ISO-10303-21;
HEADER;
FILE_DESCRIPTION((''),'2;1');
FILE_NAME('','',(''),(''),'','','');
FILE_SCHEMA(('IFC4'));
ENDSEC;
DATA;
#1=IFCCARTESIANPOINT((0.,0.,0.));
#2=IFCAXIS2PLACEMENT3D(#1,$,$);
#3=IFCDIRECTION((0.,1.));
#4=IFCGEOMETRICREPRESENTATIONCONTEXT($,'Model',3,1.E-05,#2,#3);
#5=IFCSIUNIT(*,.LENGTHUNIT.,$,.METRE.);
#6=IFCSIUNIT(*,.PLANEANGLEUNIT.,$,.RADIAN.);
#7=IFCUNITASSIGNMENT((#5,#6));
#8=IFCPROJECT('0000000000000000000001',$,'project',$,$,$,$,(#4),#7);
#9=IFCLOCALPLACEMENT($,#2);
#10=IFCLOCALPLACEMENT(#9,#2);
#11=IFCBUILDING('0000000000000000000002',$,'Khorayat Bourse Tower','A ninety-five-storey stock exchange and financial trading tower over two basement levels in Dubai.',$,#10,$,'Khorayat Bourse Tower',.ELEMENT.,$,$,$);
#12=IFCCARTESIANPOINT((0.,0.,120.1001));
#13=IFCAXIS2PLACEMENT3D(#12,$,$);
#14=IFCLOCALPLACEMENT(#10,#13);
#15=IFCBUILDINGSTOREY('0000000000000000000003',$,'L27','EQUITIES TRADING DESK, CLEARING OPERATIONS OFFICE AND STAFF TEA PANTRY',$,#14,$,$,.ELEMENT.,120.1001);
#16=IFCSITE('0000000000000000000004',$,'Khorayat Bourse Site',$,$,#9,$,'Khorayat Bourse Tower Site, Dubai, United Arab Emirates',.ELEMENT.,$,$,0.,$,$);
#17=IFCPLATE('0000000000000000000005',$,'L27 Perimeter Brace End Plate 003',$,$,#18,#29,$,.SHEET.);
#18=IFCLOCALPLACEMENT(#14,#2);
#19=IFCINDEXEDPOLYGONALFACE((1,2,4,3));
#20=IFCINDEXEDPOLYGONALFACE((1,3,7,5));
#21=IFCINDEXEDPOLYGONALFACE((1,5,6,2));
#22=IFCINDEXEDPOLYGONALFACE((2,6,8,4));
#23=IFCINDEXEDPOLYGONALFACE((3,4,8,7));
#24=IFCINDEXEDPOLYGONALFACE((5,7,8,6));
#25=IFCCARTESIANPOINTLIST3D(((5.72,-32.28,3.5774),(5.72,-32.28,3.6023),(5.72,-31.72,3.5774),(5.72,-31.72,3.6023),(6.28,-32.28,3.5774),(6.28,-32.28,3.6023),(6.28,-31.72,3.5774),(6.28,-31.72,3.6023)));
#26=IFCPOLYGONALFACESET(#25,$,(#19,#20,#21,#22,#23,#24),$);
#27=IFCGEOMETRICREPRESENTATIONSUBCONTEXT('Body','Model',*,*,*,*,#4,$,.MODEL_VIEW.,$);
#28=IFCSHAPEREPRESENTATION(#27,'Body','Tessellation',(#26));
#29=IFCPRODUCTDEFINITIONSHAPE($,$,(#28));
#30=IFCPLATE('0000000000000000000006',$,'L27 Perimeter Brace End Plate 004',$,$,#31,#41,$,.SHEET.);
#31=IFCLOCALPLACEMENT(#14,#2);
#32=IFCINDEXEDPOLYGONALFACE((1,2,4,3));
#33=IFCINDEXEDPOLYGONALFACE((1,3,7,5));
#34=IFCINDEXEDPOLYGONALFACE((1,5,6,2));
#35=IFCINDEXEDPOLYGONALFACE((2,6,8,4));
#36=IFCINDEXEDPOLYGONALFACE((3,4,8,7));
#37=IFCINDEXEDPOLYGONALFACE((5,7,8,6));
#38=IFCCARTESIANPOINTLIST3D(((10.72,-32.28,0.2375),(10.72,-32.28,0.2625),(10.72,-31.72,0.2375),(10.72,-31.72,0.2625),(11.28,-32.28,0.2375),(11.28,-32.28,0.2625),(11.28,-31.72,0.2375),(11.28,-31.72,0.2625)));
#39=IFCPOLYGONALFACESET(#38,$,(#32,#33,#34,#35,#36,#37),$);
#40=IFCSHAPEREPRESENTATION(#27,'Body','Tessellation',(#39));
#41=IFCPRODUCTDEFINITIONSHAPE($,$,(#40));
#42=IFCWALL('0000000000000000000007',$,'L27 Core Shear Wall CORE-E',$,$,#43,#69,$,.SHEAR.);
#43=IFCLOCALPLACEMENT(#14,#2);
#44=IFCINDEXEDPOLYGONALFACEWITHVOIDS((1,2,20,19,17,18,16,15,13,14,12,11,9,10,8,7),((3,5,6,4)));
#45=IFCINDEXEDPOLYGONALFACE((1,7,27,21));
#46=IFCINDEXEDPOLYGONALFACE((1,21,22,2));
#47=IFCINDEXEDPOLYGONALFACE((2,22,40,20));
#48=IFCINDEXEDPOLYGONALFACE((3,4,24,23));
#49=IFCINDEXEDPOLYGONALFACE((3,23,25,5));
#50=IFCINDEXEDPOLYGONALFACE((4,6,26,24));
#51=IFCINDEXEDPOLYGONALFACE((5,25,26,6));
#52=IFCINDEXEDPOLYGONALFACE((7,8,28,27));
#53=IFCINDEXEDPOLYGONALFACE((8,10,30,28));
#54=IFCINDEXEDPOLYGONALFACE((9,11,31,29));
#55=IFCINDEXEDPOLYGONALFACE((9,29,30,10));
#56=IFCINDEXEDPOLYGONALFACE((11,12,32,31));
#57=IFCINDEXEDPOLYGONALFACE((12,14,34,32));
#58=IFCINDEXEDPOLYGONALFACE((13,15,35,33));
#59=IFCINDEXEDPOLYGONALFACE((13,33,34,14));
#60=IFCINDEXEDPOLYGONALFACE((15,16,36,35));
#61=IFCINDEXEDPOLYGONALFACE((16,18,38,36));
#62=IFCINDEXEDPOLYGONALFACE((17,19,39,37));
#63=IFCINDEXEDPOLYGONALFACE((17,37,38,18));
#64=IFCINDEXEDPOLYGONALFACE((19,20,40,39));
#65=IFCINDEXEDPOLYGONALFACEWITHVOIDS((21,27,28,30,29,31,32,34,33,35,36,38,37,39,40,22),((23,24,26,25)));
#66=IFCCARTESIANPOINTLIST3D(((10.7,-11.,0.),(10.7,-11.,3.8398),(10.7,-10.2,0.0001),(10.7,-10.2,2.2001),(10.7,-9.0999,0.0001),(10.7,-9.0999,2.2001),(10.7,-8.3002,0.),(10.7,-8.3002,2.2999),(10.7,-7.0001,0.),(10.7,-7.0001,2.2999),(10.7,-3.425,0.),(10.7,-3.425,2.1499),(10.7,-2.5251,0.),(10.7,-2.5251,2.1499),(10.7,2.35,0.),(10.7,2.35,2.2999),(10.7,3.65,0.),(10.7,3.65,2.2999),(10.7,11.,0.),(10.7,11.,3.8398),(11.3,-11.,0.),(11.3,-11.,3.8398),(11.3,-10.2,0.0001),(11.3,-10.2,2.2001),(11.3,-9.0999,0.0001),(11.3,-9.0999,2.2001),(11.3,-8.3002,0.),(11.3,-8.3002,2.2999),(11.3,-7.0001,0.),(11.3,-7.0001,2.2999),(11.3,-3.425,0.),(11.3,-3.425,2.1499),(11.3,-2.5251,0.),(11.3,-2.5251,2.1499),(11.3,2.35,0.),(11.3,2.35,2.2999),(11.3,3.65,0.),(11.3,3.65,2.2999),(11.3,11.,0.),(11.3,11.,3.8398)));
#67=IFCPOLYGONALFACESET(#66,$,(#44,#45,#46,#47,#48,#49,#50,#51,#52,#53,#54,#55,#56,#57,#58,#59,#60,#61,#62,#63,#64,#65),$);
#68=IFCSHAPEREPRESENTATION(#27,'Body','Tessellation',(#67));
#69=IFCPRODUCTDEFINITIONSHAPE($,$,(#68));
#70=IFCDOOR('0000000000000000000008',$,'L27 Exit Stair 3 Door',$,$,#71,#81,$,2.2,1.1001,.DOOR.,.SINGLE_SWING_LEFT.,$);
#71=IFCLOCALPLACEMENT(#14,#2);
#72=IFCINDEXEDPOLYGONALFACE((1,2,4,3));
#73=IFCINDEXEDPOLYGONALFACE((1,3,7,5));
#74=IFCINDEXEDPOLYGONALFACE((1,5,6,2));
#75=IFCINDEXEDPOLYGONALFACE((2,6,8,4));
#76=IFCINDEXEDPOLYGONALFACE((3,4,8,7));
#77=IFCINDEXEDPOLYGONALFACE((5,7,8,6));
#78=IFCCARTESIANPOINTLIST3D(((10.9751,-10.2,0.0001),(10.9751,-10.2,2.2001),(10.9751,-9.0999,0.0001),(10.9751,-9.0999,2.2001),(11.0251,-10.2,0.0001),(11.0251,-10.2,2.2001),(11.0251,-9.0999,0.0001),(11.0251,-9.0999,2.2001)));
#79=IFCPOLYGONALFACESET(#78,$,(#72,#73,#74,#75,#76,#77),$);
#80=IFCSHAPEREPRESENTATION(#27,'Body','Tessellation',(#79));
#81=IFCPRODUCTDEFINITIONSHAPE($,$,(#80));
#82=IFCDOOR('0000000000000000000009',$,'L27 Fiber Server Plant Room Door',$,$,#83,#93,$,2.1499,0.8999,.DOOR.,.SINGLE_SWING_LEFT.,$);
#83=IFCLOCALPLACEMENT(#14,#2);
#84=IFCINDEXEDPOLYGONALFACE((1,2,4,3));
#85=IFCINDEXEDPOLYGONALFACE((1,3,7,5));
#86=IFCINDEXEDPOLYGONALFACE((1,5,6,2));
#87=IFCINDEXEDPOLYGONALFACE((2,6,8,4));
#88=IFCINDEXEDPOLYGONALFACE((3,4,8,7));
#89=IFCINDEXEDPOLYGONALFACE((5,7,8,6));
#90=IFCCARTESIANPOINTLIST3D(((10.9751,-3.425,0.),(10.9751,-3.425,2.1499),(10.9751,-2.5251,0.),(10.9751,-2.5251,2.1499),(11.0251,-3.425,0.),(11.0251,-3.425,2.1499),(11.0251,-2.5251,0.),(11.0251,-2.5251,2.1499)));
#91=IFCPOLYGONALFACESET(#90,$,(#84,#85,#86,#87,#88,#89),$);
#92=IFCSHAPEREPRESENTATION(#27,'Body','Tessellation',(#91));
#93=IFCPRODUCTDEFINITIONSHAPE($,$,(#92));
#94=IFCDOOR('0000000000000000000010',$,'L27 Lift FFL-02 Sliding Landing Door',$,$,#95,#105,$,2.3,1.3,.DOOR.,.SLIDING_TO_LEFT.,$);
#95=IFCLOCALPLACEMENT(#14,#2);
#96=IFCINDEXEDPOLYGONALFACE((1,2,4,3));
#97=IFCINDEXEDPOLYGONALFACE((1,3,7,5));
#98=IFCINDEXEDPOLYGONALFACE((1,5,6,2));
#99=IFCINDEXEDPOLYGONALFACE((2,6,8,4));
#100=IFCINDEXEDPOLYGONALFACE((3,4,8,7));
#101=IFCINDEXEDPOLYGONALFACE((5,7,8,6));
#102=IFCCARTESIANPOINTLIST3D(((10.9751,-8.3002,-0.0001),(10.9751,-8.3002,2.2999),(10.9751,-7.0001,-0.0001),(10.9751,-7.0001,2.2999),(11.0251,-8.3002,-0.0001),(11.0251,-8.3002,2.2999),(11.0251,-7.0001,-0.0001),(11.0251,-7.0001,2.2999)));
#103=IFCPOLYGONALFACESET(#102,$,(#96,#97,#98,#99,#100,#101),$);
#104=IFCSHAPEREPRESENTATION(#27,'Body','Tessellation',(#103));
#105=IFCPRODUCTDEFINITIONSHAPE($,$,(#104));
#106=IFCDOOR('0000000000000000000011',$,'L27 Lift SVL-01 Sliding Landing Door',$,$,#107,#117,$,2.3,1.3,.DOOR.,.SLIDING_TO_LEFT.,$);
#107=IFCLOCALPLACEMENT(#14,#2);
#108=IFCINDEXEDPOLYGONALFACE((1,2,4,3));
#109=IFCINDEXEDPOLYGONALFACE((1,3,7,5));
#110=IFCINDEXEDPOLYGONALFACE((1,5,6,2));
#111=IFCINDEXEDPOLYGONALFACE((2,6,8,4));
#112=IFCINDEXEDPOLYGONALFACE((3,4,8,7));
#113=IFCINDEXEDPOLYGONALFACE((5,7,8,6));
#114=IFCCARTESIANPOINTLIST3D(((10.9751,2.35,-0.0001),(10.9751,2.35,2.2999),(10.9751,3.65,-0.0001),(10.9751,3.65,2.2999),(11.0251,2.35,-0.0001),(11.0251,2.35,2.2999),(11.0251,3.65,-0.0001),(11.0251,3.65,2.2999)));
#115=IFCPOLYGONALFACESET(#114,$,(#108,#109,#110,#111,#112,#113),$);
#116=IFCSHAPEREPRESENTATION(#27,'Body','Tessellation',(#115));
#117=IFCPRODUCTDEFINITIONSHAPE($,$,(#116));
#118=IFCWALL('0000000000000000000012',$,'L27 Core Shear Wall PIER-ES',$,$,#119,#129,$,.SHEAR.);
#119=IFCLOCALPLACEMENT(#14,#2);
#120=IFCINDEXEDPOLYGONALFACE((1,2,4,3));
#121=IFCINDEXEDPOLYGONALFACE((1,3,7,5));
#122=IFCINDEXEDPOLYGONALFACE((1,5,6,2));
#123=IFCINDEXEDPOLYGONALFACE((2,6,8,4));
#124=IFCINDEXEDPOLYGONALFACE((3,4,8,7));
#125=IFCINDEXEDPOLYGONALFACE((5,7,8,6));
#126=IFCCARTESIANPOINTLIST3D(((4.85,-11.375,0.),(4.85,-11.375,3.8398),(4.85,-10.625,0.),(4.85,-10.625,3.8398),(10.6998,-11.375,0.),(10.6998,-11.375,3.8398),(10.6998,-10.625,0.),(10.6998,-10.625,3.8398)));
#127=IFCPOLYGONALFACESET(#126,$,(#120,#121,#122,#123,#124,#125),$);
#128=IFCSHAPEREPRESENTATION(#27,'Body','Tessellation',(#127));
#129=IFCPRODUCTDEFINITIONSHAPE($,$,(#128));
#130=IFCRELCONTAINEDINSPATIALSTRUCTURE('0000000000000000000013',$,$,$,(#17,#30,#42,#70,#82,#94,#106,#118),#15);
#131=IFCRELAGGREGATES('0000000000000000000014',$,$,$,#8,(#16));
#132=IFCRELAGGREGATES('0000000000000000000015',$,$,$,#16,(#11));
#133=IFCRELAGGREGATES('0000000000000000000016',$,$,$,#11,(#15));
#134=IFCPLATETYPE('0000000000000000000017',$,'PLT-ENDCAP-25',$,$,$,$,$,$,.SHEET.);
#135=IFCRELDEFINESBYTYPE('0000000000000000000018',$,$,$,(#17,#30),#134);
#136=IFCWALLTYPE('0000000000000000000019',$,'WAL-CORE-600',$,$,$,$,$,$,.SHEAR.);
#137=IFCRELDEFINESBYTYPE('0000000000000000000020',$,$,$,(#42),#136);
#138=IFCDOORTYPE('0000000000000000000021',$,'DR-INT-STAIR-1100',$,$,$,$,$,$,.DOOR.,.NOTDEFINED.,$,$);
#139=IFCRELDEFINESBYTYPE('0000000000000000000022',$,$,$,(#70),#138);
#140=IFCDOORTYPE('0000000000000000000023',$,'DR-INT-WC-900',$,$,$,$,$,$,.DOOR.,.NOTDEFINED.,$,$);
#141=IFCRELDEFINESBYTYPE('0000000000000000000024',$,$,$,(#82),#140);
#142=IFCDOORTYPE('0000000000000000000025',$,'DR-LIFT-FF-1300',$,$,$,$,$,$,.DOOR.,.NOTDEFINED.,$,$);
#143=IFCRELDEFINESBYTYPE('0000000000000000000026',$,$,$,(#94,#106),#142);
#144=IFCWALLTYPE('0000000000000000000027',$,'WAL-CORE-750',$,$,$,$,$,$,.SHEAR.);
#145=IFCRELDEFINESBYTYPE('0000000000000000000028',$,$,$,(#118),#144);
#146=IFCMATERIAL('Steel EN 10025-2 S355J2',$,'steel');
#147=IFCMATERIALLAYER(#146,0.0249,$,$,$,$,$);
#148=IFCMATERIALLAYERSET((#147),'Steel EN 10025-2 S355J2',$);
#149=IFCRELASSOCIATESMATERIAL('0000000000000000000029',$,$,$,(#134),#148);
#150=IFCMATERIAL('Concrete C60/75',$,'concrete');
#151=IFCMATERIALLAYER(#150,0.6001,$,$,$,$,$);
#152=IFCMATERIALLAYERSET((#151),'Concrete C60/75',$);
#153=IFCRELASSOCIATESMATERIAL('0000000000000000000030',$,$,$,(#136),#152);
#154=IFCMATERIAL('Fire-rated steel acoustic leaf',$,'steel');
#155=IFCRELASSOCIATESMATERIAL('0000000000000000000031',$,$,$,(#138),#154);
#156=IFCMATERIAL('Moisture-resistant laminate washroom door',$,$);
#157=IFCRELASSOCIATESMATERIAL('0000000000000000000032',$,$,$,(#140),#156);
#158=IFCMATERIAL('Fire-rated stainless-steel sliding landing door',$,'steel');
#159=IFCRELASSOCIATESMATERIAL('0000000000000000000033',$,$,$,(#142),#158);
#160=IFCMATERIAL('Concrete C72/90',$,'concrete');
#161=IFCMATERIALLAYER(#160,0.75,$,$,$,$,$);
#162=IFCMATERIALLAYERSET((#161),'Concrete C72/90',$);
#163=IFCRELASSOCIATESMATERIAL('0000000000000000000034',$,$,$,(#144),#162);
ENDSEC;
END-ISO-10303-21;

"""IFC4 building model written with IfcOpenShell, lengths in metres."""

from ifc_helpers import new_model, si_unit, direction, frame, frame_2d, origin, origin_2d, place, context, subcontext, project, spatial, rectangle, extrude, source, transform, mapped, material, layer, layer_set, type_object, element, fill, save


model = new_model("IFC4")

# Units and contexts
model_context = context("Model", 3, precision=1e-05, world=origin(), true_north=direction((0.0, 1.0)))
body_context = subcontext(model_context, "Body", "Model", "MODEL_VIEW")
ifc_project = project(units=[si_unit("LENGTHUNIT", "METRE"), si_unit("PLANEANGLEUNIT", "RADIAN")], contexts=[model_context])

# Site, building, storey
site_placement = place(None, origin())
site = spatial("IfcSite", under=ifc_project, at=site_placement, Name="Khorayat Bourse Site", LongName="Khorayat Bourse Tower Site, Dubai, United Arab Emirates", CompositionType="ELEMENT", RefElevation=0.0)
building_placement = place(site_placement, origin())
building = spatial("IfcBuilding", under=site, at=building_placement, Name="Khorayat Bourse Tower", Description="A ninety-five-storey stock exchange and financial trading tower over two basement levels in Dubai.", LongName="Khorayat Bourse Tower", CompositionType="ELEMENT")
storey_placement = place(building_placement, frame((0.0, 0.0, 120.1001)))
storey = spatial("IfcBuildingStorey", under=building, at=storey_placement, Name="L27", Description="EQUITIES TRADING DESK, CLEARING OPERATIONS OFFICE AND STAFF TEA PANTRY", CompositionType="ELEMENT", Elevation=120.1001)

# Shared definitions
ifc_material_1 = material(Name="Concrete C72/90", Category="concrete")

# Plates
ifc_material_2 = material(Name="Steel EN 10025-2 S355J2", Category="steel")
ifc_layer_1 = layer(ifc_material_2, 0.0249)
ifc_layer_set_1 = layer_set([ifc_layer_1], Name="Steel EN 10025-2 S355J2")
plate_type = type_object("IfcPlateType", Name="PLT-ENDCAP-25", PredefinedType="SHEET", material=ifc_layer_set_1)
shared_shape_1 = source(origin(), body_context, "Body", "SweptSolid", [
    extrude(rectangle(XDim=0.5601, YDim=0.5601, at=origin_2d()), origin(), (0.0, 0.0, 1.0), 0.0249),
])
for number, where, z_axis, x_axis, name in (
    (1, (6.0, -32.0, 3.5774), (0.0, 0.0, 1.0), (1.0, 0.0, 0.0), "L27 Perimeter Brace End Plate 003"),
    (2, (11.0, -32.0, 0.2375), (0.0, 0.0, 1.0), (1.0, 0.0, 0.0), "L27 Perimeter Brace End Plate 004"),
):
    element("IfcPlate", number, at=place(storey_placement, frame(where, z_axis=z_axis, x_axis=x_axis)), inside=storey, type_object=plate_type, Name=name, PredefinedType="SHEET", context=body_context, shape_type="MappedRepresentation", body=[
        mapped(shared_shape_1, transform((0.0, 0.0, 0.0), scale=1.0)),
    ])

# Wall, openings, doors
ifc_material_3 = material(Name="Concrete C60/75", Category="concrete")
ifc_layer_2 = layer(ifc_material_3, 0.6001)
ifc_layer_set_2 = layer_set([ifc_layer_2], Name="Concrete C60/75")
wall_type_1 = type_object("IfcWallType", Name="WAL-CORE-600", PredefinedType="SHEAR", material=ifc_layer_set_2)
shared_shape_2 = source(origin(), body_context, "Body", "SweptSolid", [
    extrude(rectangle(XDim=22.0, YDim=0.6001, at=frame_2d((11.0, 0.0))), origin(), (0.0, 0.0, 1.0), 3.8398),
])
wall_1_placement = place(storey_placement, frame((11.0, -11.0, 0.0), z_axis=(0.0, 0.0, 1.0), x_axis=(0.0, 1.0, 0.0)))
wall_1 = element("IfcWall", 3, at=wall_1_placement, inside=storey, type_object=wall_type_1, Name="L27 Core Shear Wall CORE-E", PredefinedType="SHEAR", context=body_context, shape_type="MappedRepresentation", body=[
    mapped(shared_shape_2, transform((0.0, 0.0, 0.0), scale=1.0)),
])
shared_shape_3 = source(origin(), body_context, "Body", "SweptSolid", [
    extrude(rectangle(XDim=1.1001, YDim=2.2, at=frame_2d((0.55, 1.1001))), frame((0.0, 0.3101, 0.0), z_axis=(0.0, -1.0, 0.0), x_axis=(1.0, 0.0, 0.0)), (0.0, 0.0, 1.0), 0.6201),
])
opening_1_placement = place(wall_1_placement, frame((0.8, 0.0, 0.0)))
opening_1 = element("IfcOpeningElement", 4, at=opening_1_placement, cuts=wall_1, PredefinedType="OPENING", context=body_context, shape_type="MappedRepresentation", body=[
    mapped(shared_shape_3, transform((0.0, 0.0, 0.0), scale=1.0)),
])
shared_shape_4 = source(origin(), body_context, "Body", "SweptSolid", [
    extrude(rectangle(XDim=0.8999, YDim=2.1499, at=frame_2d((0.45, 1.075))), frame((0.0, 0.3101, 0.0), z_axis=(0.0, -1.0, 0.0), x_axis=(1.0, 0.0, 0.0)), (0.0, 0.0, 1.0), 0.6201),
])
opening_2_placement = place(wall_1_placement, frame((7.575, 0.0, 0.0)))
opening_2 = element("IfcOpeningElement", 5, at=opening_2_placement, cuts=wall_1, PredefinedType="OPENING", context=body_context, shape_type="MappedRepresentation", body=[
    mapped(shared_shape_4, transform((0.0, 0.0, 0.0), scale=1.0)),
])
shared_shape_5 = source(origin(), body_context, "Body", "SweptSolid", [
    extrude(rectangle(XDim=1.3, YDim=2.3, at=frame_2d((0.6499, 1.1499))), frame((0.0, 0.3101, 0.0), z_axis=(0.0, -1.0, 0.0), x_axis=(1.0, 0.0, 0.0)), (0.0, 0.0, 1.0), 0.6201),
])
opening_3_placement = place(wall_1_placement, frame((2.7, 0.0, 0.0)))
opening_3 = element("IfcOpeningElement", 6, at=opening_3_placement, cuts=wall_1, PredefinedType="OPENING", context=body_context, shape_type="MappedRepresentation", body=[
    mapped(shared_shape_5, transform((0.0, 0.0, 0.0), scale=1.0)),
])
opening_4_placement = place(wall_1_placement, frame((13.3501, 0.0, 0.0)))
opening_4 = element("IfcOpeningElement", 7, at=opening_4_placement, cuts=wall_1, PredefinedType="OPENING", context=body_context, shape_type="MappedRepresentation", body=[
    mapped(shared_shape_5, transform((0.0, 0.0, 0.0), scale=1.0)),
])
ifc_material_4 = material(Name="Fire-rated steel acoustic leaf", Category="steel")
door_type_1 = type_object("IfcDoorType", Name="DR-INT-STAIR-1100", OperationType="NOTDEFINED", PredefinedType="DOOR", material=ifc_material_4)
shared_shape_6 = source(origin(), body_context, "Body", "SweptSolid", [
    extrude(rectangle(XDim=1.1001, YDim=2.2, at=frame_2d((0.55, 1.1001))), frame((0.0, 0.0249, 0.0), z_axis=(0.0, -1.0, 0.0), x_axis=(1.0, 0.0, 0.0)), (0.0, 0.0, 1.0), 0.05),
])
door_1_placement = place(opening_1_placement, origin())
door_1 = element("IfcDoor", 8, at=door_1_placement, inside=storey, type_object=door_type_1, Name="L27 Exit Stair 3 Door", OperationType="SINGLE_SWING_LEFT", OverallHeight=2.2, OverallWidth=1.1001, PredefinedType="DOOR", context=body_context, shape_type="MappedRepresentation", body=[
    mapped(shared_shape_6, transform((0.0, 0.0, 0.0), scale=1.0)),
])
fill(opening_1, door_1)
ifc_material_5 = material(Name="Moisture-resistant laminate washroom door")
door_type_2 = type_object("IfcDoorType", Name="DR-INT-WC-900", OperationType="NOTDEFINED", PredefinedType="DOOR", material=ifc_material_5)
shared_shape_7 = source(origin(), body_context, "Body", "SweptSolid", [
    extrude(rectangle(XDim=0.8999, YDim=2.1499, at=frame_2d((0.45, 1.075))), frame((0.0, 0.0249, 0.0), z_axis=(0.0, -1.0, 0.0), x_axis=(1.0, 0.0, 0.0)), (0.0, 0.0, 1.0), 0.05),
])
door_2_placement = place(opening_2_placement, origin())
door_2 = element("IfcDoor", 9, at=door_2_placement, inside=storey, type_object=door_type_2, Name="L27 Fiber Server Plant Room Door", OperationType="SINGLE_SWING_LEFT", OverallHeight=2.1499, OverallWidth=0.8999, PredefinedType="DOOR", context=body_context, shape_type="MappedRepresentation", body=[
    mapped(shared_shape_7, transform((0.0, 0.0, 0.0), scale=1.0)),
])
fill(opening_2, door_2)
ifc_material_6 = material(Name="Fire-rated stainless-steel sliding landing door", Category="steel")
door_type_3 = type_object("IfcDoorType", Name="DR-LIFT-FF-1300", OperationType="NOTDEFINED", PredefinedType="DOOR", material=ifc_material_6)
shared_shape_8 = source(origin(), body_context, "Body", "SweptSolid", [
    extrude(rectangle(XDim=1.3, YDim=2.3, at=frame_2d((0.6499, 1.1499))), frame((0.0, 0.0249, 0.0), z_axis=(0.0, -1.0, 0.0), x_axis=(1.0, 0.0, 0.0)), (0.0, 0.0, 1.0), 0.05),
])
door_3_placement = place(opening_3_placement, origin())
door_3 = element("IfcDoor", 10, at=door_3_placement, inside=storey, type_object=door_type_3, Name="L27 Lift FFL-02 Sliding Landing Door", OperationType="SLIDING_TO_LEFT", OverallHeight=2.3, OverallWidth=1.3, PredefinedType="DOOR", context=body_context, shape_type="MappedRepresentation", body=[
    mapped(shared_shape_8, transform((0.0, 0.0, 0.0), scale=1.0)),
])
fill(opening_3, door_3)
door_4_placement = place(opening_4_placement, origin())
door_4 = element("IfcDoor", 11, at=door_4_placement, inside=storey, type_object=door_type_3, Name="L27 Lift SVL-01 Sliding Landing Door", OperationType="SLIDING_TO_LEFT", OverallHeight=2.3, OverallWidth=1.3, PredefinedType="DOOR", context=body_context, shape_type="MappedRepresentation", body=[
    mapped(shared_shape_8, transform((0.0, 0.0, 0.0), scale=1.0)),
])
fill(opening_4, door_4)

# Wall
ifc_layer_3 = layer(ifc_material_1, 0.75)
ifc_layer_set_3 = layer_set([ifc_layer_3], Name="Concrete C72/90")
wall_type_2 = type_object("IfcWallType", Name="WAL-CORE-750", PredefinedType="SHEAR", material=ifc_layer_set_3)
shared_shape_9 = source(origin(), body_context, "Body", "SweptSolid", [
    extrude(rectangle(XDim=5.8499, YDim=0.75, at=frame_2d((2.9248, 0.0))), origin(), (0.0, 0.0, 1.0), 3.8398),
])
wall_2_placement = place(storey_placement, frame((4.8501, -11.0, 0.0), z_axis=(0.0, 0.0, 1.0), x_axis=(1.0, 0.0, 0.0)))
element("IfcWall", 12, at=wall_2_placement, inside=storey, type_object=wall_type_2, Name="L27 Core Shear Wall PIER-ES", PredefinedType="SHEAR", context=body_context, shape_type="MappedRepresentation", body=[
    mapped(shared_shape_9, transform((0.0, 0.0, 0.0), scale=1.0)),
])

save(model, "model.ifc")
